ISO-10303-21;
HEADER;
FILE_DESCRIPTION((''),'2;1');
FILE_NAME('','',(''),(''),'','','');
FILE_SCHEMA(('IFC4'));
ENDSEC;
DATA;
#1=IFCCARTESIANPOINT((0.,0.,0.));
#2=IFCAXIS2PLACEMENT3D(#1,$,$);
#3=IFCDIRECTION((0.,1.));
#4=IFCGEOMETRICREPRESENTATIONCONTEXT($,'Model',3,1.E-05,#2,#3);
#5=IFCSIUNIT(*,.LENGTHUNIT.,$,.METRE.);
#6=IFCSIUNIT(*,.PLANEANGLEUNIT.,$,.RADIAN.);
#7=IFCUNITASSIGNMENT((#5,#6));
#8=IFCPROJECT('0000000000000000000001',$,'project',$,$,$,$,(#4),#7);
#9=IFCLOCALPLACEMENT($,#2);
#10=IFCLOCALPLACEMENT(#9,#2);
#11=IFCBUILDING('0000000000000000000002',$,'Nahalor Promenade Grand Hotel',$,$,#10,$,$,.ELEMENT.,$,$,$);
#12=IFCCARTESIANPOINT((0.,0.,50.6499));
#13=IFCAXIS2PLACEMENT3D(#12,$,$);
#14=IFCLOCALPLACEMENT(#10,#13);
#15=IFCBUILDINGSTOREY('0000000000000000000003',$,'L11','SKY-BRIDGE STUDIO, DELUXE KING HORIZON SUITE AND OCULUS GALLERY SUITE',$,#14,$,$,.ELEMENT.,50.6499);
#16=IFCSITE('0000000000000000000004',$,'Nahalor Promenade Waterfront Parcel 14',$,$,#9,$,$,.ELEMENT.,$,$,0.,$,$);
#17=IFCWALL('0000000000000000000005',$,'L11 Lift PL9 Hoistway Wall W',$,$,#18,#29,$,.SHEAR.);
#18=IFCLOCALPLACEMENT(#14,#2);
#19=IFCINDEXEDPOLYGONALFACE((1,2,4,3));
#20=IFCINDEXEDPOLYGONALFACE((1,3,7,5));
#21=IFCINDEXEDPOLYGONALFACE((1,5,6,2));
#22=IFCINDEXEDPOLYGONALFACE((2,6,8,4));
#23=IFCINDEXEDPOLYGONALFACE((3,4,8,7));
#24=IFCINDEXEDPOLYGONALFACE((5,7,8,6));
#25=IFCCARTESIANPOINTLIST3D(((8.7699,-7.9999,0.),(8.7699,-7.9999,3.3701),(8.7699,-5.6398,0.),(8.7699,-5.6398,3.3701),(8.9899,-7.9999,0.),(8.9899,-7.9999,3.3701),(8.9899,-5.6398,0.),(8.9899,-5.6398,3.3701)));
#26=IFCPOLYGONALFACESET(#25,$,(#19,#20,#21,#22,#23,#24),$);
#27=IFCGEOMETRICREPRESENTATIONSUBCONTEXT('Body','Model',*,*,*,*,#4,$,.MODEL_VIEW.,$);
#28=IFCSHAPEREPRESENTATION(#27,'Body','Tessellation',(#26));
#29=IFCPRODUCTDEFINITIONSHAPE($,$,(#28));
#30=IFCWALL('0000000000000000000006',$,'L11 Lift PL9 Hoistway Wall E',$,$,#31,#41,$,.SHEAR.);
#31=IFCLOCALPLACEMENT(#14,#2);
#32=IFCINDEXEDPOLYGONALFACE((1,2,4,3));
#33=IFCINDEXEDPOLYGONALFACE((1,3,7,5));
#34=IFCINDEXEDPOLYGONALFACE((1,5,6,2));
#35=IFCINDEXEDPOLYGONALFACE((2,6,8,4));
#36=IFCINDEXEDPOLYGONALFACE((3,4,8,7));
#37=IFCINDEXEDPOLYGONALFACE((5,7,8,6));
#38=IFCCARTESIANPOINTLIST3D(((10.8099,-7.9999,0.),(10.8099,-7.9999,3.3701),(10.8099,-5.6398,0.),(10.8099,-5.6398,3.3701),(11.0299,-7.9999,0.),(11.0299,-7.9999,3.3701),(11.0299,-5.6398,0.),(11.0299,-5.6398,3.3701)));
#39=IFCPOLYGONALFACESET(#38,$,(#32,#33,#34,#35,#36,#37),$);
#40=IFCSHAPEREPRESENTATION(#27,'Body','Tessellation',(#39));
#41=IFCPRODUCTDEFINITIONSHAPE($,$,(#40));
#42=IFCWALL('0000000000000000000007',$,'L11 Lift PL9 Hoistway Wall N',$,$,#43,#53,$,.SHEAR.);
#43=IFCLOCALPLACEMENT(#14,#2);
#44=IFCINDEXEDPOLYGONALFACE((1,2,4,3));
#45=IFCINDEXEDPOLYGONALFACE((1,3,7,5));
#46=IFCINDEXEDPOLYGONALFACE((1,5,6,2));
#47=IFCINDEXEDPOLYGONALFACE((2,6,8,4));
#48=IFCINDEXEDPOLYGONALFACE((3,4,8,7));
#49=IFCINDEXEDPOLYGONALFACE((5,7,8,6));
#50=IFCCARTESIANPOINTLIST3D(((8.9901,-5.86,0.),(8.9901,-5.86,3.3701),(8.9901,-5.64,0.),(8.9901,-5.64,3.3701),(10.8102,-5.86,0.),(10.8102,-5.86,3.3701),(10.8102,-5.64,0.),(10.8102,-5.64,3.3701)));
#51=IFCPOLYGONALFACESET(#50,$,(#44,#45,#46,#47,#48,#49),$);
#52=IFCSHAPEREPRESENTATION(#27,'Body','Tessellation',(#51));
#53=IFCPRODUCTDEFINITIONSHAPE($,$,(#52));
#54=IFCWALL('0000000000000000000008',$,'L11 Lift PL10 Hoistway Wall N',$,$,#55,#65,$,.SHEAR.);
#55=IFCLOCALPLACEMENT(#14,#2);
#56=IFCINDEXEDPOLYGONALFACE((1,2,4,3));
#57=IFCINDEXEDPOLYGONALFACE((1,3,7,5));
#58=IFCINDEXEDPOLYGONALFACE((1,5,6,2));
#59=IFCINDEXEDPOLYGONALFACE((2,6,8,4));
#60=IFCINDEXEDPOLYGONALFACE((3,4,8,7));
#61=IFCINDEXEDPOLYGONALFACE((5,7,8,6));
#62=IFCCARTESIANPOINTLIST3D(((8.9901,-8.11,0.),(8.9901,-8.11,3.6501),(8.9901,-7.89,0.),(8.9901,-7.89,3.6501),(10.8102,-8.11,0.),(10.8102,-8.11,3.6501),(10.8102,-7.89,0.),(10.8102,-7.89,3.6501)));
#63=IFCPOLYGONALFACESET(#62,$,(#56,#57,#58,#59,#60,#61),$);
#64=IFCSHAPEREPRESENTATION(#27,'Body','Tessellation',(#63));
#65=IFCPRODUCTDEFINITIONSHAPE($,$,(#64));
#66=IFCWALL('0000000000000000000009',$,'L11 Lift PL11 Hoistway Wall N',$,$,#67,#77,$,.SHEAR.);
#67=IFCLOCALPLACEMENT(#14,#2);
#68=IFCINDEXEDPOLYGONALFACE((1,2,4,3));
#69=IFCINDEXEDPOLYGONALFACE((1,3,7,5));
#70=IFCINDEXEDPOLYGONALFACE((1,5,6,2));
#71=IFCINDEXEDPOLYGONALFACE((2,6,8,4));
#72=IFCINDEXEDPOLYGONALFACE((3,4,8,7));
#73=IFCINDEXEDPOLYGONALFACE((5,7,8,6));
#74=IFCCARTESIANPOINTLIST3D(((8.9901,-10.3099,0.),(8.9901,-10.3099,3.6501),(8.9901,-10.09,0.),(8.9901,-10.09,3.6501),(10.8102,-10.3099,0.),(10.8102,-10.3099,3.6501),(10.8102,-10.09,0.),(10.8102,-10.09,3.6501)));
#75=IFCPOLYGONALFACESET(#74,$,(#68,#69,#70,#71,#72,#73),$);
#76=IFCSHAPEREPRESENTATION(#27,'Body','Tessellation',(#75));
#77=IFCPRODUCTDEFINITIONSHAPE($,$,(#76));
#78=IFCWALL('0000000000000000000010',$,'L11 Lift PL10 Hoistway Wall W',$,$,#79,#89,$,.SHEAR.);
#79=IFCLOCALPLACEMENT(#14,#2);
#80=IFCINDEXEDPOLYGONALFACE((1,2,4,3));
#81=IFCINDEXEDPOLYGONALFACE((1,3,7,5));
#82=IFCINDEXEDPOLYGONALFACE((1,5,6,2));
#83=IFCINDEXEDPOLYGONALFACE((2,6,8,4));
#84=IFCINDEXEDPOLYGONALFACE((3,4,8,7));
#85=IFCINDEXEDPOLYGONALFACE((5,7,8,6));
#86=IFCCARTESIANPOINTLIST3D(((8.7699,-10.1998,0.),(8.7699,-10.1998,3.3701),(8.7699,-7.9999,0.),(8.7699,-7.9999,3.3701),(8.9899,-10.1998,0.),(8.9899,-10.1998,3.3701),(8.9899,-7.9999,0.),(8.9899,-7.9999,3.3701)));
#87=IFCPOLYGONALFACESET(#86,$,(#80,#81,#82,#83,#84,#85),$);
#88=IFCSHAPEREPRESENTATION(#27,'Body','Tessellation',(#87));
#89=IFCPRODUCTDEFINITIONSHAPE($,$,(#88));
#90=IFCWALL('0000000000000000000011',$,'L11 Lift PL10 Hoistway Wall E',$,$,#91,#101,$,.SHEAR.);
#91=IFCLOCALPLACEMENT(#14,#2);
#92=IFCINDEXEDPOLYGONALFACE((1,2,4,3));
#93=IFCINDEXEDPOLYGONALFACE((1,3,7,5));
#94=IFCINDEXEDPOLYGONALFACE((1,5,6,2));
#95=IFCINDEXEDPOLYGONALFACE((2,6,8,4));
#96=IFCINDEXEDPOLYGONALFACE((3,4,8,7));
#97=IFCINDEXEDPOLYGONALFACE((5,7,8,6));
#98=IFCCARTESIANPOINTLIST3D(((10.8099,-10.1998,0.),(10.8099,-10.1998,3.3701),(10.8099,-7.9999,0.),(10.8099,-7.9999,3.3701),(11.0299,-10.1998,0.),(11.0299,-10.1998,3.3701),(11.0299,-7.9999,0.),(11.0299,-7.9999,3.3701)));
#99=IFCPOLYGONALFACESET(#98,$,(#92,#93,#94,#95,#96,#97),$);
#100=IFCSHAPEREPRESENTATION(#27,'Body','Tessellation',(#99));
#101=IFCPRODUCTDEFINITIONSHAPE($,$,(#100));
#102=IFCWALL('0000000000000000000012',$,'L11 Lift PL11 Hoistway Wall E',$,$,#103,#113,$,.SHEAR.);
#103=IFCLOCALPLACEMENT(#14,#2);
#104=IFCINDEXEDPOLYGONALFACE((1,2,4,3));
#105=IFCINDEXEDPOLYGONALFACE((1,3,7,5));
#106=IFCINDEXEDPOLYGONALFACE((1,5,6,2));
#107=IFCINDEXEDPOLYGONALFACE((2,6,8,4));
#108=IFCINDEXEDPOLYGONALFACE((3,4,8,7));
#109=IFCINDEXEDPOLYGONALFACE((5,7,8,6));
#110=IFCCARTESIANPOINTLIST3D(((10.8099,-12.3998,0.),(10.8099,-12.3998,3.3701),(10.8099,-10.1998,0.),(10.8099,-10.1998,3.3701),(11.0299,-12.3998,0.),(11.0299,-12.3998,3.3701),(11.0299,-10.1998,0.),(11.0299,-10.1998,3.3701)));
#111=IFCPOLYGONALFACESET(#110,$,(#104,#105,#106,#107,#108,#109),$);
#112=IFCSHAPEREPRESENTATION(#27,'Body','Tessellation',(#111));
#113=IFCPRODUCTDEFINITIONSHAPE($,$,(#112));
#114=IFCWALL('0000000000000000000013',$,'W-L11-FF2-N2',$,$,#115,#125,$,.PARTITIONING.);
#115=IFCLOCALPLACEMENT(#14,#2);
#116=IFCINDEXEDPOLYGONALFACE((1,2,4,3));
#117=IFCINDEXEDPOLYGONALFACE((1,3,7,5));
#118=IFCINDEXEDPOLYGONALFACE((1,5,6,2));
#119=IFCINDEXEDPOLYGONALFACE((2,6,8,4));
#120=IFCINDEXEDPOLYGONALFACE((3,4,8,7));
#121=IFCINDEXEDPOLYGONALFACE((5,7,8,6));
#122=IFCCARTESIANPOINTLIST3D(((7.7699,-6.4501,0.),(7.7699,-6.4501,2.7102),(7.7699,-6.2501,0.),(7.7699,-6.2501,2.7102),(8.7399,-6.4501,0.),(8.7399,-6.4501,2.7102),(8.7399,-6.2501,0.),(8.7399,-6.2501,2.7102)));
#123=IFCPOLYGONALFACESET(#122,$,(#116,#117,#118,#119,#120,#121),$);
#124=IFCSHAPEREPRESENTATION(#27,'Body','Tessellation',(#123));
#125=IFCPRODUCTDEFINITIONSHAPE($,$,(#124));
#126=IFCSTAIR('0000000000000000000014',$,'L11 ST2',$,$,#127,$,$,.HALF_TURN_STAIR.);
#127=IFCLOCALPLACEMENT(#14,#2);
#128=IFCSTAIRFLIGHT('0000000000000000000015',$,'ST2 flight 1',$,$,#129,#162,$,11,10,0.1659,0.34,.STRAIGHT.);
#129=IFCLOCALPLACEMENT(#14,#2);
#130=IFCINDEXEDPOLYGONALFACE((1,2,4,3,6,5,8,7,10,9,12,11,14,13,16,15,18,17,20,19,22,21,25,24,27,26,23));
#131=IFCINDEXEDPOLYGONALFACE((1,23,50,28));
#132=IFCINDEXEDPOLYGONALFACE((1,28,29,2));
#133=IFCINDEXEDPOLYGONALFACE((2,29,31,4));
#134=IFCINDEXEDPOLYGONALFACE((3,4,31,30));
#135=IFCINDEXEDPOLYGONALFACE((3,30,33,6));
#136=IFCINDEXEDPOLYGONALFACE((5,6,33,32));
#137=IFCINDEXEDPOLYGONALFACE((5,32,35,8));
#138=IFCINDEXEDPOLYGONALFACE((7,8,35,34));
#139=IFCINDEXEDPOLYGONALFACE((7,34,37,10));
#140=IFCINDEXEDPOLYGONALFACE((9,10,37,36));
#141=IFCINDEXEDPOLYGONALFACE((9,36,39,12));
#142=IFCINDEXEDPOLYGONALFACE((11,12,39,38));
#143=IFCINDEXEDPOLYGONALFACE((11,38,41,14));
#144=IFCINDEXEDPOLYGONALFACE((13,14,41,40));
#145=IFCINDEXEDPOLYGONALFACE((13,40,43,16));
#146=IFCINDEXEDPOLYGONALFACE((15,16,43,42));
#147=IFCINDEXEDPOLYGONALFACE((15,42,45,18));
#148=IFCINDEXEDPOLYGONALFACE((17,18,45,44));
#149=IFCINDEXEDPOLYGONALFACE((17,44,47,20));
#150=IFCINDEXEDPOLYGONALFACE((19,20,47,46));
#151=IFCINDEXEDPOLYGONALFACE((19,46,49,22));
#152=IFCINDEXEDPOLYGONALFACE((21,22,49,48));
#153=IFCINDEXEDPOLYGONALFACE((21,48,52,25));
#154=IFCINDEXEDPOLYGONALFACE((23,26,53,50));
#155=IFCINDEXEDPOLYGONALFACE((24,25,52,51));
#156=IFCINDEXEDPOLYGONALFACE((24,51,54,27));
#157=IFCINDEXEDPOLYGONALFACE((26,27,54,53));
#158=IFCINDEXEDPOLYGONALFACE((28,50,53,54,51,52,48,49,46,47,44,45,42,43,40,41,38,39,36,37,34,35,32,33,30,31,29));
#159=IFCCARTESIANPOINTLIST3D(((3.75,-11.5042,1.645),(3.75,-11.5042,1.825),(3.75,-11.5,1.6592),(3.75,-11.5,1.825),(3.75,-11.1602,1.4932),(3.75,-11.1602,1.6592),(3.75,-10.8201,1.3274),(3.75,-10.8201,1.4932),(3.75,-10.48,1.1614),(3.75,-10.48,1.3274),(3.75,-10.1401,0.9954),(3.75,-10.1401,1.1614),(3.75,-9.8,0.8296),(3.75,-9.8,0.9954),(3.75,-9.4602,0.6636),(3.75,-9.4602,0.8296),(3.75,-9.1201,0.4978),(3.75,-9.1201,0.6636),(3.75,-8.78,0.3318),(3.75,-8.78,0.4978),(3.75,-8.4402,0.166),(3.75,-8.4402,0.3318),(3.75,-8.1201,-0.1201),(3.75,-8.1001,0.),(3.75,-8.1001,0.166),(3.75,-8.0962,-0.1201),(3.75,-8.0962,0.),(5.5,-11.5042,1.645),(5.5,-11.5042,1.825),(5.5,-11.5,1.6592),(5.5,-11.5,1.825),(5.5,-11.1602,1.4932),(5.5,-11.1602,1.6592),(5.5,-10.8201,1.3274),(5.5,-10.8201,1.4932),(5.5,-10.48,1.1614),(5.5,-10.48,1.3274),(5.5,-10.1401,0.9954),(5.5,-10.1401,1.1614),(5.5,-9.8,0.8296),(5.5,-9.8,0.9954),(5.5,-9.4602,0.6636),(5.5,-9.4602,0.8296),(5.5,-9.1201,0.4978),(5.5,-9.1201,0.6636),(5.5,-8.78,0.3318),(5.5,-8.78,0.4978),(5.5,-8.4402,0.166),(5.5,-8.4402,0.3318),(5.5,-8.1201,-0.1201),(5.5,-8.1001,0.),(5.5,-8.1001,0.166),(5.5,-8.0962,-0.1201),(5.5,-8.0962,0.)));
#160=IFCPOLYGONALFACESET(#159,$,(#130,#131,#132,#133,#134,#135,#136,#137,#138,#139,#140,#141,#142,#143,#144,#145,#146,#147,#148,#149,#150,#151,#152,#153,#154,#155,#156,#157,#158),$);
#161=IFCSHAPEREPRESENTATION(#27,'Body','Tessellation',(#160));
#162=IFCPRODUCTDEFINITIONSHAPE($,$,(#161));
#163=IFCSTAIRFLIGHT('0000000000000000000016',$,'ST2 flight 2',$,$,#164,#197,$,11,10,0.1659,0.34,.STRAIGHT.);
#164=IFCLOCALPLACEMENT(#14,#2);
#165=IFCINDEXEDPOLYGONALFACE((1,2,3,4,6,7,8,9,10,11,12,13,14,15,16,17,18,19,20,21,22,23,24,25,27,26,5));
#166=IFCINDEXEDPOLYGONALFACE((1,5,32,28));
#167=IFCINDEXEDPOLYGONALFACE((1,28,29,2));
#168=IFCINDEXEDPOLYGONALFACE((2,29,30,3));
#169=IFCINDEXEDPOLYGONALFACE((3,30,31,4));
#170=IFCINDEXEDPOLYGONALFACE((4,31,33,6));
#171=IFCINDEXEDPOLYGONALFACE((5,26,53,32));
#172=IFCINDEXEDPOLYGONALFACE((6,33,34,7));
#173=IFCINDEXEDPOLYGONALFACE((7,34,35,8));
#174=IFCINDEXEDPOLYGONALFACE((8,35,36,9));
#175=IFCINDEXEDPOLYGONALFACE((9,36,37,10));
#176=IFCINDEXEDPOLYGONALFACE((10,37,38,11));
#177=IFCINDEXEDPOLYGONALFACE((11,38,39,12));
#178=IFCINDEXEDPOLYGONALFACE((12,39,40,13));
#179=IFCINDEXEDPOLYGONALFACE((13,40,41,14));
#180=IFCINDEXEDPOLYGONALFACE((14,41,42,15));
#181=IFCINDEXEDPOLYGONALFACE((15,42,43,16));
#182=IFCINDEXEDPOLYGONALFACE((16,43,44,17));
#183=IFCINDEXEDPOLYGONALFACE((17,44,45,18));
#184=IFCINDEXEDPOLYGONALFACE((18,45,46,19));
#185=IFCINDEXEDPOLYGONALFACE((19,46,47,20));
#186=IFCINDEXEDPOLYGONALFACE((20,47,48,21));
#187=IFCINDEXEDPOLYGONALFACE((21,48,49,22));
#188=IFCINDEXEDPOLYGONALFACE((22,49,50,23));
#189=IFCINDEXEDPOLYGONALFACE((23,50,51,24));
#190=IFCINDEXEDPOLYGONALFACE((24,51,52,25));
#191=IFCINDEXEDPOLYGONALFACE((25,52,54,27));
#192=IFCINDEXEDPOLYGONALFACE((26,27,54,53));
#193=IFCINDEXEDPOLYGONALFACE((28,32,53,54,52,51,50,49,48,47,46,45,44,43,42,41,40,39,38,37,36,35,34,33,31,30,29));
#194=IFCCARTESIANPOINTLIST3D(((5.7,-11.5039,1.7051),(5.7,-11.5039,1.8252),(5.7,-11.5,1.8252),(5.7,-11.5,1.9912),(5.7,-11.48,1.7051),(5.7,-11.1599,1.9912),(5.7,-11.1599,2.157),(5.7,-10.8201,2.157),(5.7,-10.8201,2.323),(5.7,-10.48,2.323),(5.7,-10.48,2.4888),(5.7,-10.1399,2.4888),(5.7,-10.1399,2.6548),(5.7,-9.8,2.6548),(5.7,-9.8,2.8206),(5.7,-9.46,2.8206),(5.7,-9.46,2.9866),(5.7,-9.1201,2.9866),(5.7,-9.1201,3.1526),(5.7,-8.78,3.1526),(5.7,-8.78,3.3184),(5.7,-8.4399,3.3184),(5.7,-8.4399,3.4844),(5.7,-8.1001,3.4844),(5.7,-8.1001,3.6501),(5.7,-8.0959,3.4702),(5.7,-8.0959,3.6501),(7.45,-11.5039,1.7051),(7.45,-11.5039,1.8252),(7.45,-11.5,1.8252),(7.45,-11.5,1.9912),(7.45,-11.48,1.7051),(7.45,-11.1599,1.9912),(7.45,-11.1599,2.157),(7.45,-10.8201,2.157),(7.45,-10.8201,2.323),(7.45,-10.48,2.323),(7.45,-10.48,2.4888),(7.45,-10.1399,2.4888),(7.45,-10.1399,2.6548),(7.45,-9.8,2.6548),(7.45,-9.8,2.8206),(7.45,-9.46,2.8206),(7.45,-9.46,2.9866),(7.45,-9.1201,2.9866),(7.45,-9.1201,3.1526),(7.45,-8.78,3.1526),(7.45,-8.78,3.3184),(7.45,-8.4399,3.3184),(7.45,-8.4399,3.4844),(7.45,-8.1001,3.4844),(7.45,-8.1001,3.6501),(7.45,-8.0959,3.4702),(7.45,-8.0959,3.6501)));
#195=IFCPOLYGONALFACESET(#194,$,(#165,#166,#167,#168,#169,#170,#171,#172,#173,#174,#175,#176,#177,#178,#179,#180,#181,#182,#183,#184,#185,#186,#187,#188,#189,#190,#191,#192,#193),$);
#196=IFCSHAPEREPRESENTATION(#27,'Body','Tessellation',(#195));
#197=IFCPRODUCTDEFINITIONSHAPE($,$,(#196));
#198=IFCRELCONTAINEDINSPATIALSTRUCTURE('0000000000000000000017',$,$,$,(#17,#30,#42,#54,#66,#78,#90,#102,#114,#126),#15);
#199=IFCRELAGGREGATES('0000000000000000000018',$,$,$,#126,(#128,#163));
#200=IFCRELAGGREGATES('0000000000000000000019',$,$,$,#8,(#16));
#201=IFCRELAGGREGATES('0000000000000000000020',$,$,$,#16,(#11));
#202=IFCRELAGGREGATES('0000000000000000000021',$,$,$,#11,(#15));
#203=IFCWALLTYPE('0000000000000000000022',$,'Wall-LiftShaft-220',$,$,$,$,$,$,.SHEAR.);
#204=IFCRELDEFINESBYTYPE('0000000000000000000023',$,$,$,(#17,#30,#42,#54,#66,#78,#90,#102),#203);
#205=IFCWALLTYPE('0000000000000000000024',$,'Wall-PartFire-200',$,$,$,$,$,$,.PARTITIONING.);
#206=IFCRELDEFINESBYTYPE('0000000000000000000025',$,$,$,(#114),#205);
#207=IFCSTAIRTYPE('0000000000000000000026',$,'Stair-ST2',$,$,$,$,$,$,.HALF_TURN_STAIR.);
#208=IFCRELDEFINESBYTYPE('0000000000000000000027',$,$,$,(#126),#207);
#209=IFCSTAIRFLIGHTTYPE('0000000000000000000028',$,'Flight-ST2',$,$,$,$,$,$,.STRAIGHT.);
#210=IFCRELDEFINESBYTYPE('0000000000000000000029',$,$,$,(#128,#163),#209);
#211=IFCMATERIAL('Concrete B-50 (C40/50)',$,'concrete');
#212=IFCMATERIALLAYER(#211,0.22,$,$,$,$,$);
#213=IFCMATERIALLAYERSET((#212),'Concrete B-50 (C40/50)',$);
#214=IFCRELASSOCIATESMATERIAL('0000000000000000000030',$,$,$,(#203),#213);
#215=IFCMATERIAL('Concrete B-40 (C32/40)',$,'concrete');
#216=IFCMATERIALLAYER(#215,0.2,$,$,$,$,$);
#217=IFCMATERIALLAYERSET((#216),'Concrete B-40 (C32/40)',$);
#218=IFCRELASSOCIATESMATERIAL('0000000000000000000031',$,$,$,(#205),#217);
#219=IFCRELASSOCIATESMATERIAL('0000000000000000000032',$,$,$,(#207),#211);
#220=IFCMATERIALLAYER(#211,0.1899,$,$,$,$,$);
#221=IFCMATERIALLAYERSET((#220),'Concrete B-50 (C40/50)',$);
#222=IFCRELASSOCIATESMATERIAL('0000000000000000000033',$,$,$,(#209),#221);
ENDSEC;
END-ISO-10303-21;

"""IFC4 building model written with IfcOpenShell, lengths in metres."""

from ifc_helpers import new_model, si_unit, direction, frame, frame_2d, origin, place, context, subcontext, project, spatial, polyline, rectangle, outline, extrude, source, transform, mapped, material, layer, layer_set, type_object, element, aggregate, save


model = new_model("IFC4")

# Units and contexts
model_context = context("Model", 3, precision=1e-05, world=origin(), true_north=direction((0.0, 1.0)))
body_context = subcontext(model_context, "Body", "Model", "MODEL_VIEW")
ifc_project = project(units=[si_unit("LENGTHUNIT", "METRE"), si_unit("PLANEANGLEUNIT", "RADIAN")], contexts=[model_context])

# Site, building, storey
site_placement = place(None, origin())
site = spatial("IfcSite", under=ifc_project, at=site_placement, Name="Nahalor Promenade Waterfront Parcel 14", CompositionType="ELEMENT", RefElevation=0.0)
building_placement = place(site_placement, origin())
building = spatial("IfcBuilding", under=site, at=building_placement, Name="Nahalor Promenade Grand Hotel", CompositionType="ELEMENT")
storey_placement = place(building_placement, frame((0.0, 0.0, 50.6499)))
storey = spatial("IfcBuildingStorey", under=building, at=storey_placement, Name="L11", Description="SKY-BRIDGE STUDIO, DELUXE KING HORIZON SUITE AND OCULUS GALLERY SUITE", CompositionType="ELEMENT", Elevation=50.6499)

# Walls
ifc_material_1 = material(Name="Concrete B-50 (C40/50)", Category="concrete")
ifc_layer_1 = layer(ifc_material_1, 0.22)
ifc_layer_set_1 = layer_set([ifc_layer_1], Name="Concrete B-50 (C40/50)")
wall_type_1 = type_object("IfcWallType", Name="Wall-LiftShaft-220", PredefinedType="SHEAR", material=ifc_layer_set_1)
shared_shape_1 = source(origin(), body_context, "Body", "SweptSolid", [
    extrude(rectangle(XDim=2.3601, YDim=0.22, at=frame_2d((1.1802, 0.0))), origin(), (0.0, 0.0, 1.0), 3.3701),
])
for number, where, z_axis, x_axis, name in (
    (1, (8.8799, -8.0, 0.0), (0.0, 0.0, 1.0), (0.0, 1.0, 0.0), "L11 Lift PL9 Hoistway Wall W"),
    (2, (10.9199, -8.0, 0.0), (0.0, 0.0, 1.0), (0.0, 1.0, 0.0), "L11 Lift PL9 Hoistway Wall E"),
):
    element("IfcWall", number, at=place(storey_placement, frame(where, z_axis=z_axis, x_axis=x_axis)), inside=storey, type_object=wall_type_1, Name=name, PredefinedType="SHEAR", context=body_context, shape_type="MappedRepresentation", body=[
        mapped(shared_shape_1, transform((0.0, 0.0, 0.0), scale=1.0)),
    ])
shared_shape_2 = source(origin(), body_context, "Body", "SweptSolid", [
    extrude(rectangle(XDim=1.8201, YDim=0.22, at=frame_2d((0.9102, 0.0))), origin(), (0.0, 0.0, 1.0), 3.3701),
])
wall_1_placement = place(storey_placement, frame((8.99, -5.75, 0.0), z_axis=(0.0, 0.0, 1.0), x_axis=(1.0, 0.0, 0.0)))
element("IfcWall", 3, at=wall_1_placement, inside=storey, type_object=wall_type_1, Name="L11 Lift PL9 Hoistway Wall N", PredefinedType="SHEAR", context=body_context, shape_type="MappedRepresentation", body=[
    mapped(shared_shape_2, transform((0.0, 0.0, 0.0), scale=1.0)),
])
shared_shape_3 = source(origin(), body_context, "Body", "SweptSolid", [
    extrude(rectangle(XDim=1.8201, YDim=0.22, at=frame_2d((0.9102, 0.0))), origin(), (0.0, 0.0, 1.0), 3.6501),
])
for number, where, z_axis, x_axis, name in (
    (4, (8.99, -8.0, 0.0), (0.0, 0.0, 1.0), (1.0, 0.0, 0.0), "L11 Lift PL10 Hoistway Wall N"),
    (5, (8.99, -10.2, 0.0), (0.0, 0.0, 1.0), (1.0, 0.0, 0.0), "L11 Lift PL11 Hoistway Wall N"),
):
    element("IfcWall", number, at=place(storey_placement, frame(where, z_axis=z_axis, x_axis=x_axis)), inside=storey, type_object=wall_type_1, Name=name, PredefinedType="SHEAR", context=body_context, shape_type="MappedRepresentation", body=[
        mapped(shared_shape_3, transform((0.0, 0.0, 0.0), scale=1.0)),
    ])
shared_shape_4 = source(origin(), body_context, "Body", "SweptSolid", [
    extrude(rectangle(XDim=2.2, YDim=0.22, at=frame_2d((1.1001, 0.0))), origin(), (0.0, 0.0, 1.0), 3.3701),
])
for number, where, z_axis, x_axis, name in (
    (6, (8.8799, -10.2, 0.0), (0.0, 0.0, 1.0), (0.0, 1.0, 0.0), "L11 Lift PL10 Hoistway Wall W"),
    (7, (10.9199, -10.2, 0.0), (0.0, 0.0, 1.0), (0.0, 1.0, 0.0), "L11 Lift PL10 Hoistway Wall E"),
    (8, (10.9199, -12.3999, 0.0), (0.0, 0.0, 1.0), (0.0, 1.0, 0.0), "L11 Lift PL11 Hoistway Wall E"),
):
    element("IfcWall", number, at=place(storey_placement, frame(where, z_axis=z_axis, x_axis=x_axis)), inside=storey, type_object=wall_type_1, Name=name, PredefinedType="SHEAR", context=body_context, shape_type="MappedRepresentation", body=[
        mapped(shared_shape_4, transform((0.0, 0.0, 0.0), scale=1.0)),
    ])
ifc_material_2 = material(Name="Concrete B-40 (C32/40)", Category="concrete")
ifc_layer_2 = layer(ifc_material_2, 0.2)
ifc_layer_set_2 = layer_set([ifc_layer_2], Name="Concrete B-40 (C32/40)")
wall_type_2 = type_object("IfcWallType", Name="Wall-PartFire-200", PredefinedType="PARTITIONING", material=ifc_layer_set_2)
shared_shape_5 = source(origin(), body_context, "Body", "SweptSolid", [
    extrude(rectangle(XDim=0.97, YDim=0.2, at=frame_2d((0.4849, 0.0))), origin(), (0.0, 0.0, 1.0), 2.7102),
])
wall_2_placement = place(storey_placement, frame((7.77, -6.3501, 0.0), z_axis=(0.0, 0.0, 1.0), x_axis=(1.0, 0.0, 0.0)))
element("IfcWall", 9, at=wall_2_placement, inside=storey, type_object=wall_type_2, Name="W-L11-FF2-N2", PredefinedType="PARTITIONING", context=body_context, shape_type="MappedRepresentation", body=[
    mapped(shared_shape_5, transform((0.0, 0.0, 0.0), scale=1.0)),
])

# Stair, stair flights
stair_type = type_object("IfcStairType", Name="Stair-ST2", PredefinedType="HALF_TURN_STAIR", material=ifc_material_1)
stair_placement = place(storey_placement, origin())
stair = element("IfcStair", 10, at=stair_placement, inside=storey, type_object=stair_type, Name="L11 ST2", PredefinedType="HALF_TURN_STAIR")
ifc_layer_3 = layer(ifc_material_1, 0.1899)
ifc_layer_set_3 = layer_set([ifc_layer_3], Name="Concrete B-50 (C40/50)")
stair_flight_type = type_object("IfcStairFlightType", Name="Flight-ST2", PredefinedType="STRAIGHT", material=ifc_layer_set_3)
shared_shape_6 = source(origin(), body_context, "Body", "SweptSolid", [
    extrude(outline(polyline([(-0.0039, -0.1201), (-0.0039, 0.0), (0.0, 0.0), (0.0, 0.166), (0.3401, 0.166), (0.3401, 0.3318), (0.6799, 0.3318), (0.6799, 0.4978), (1.02, 0.4978), (1.02, 0.6636), (1.3601, 0.6636), (1.3601, 0.8296), (1.7, 0.8296), (1.7, 0.9954), (2.04, 0.9954), (2.04, 1.1614), (2.3799, 1.1614), (2.3799, 1.3274), (2.72, 1.3274), (2.72, 1.4932), (3.0601, 1.4932), (3.0601, 1.6592), (3.3999, 1.6592), (3.3999, 1.825), (3.4041, 1.825), (3.4041, 1.645), (0.02, -0.1201), (-0.0039, -0.1201)])), frame((0.0, 0.875, 0.0), z_axis=(0.0, -1.0, 0.0), x_axis=(1.0, 0.0, 0.0)), (0.0, 0.0, 1.0), 1.75),
])
stair_flight_1_placement = place(storey_placement, frame((4.625, -8.1001, 0.0), z_axis=(0.0, 0.0, 1.0), x_axis=(0.0, -1.0, 0.0)))
stair_flight_1 = element("IfcStairFlight", 11, at=stair_flight_1_placement, type_object=stair_flight_type, Name="ST2 flight 1", NumberOfRisers=11, NumberOfTreads=10, PredefinedType="STRAIGHT", RiserHeight=0.1659, TreadLength=0.34, context=body_context, shape_type="MappedRepresentation", body=[
    mapped(shared_shape_6, transform((0.0, 0.0, 0.0), scale=1.0)),
])
stair_flight_2_placement = place(storey_placement, frame((6.575, -11.5, 1.8252), z_axis=(0.0, 0.0, 1.0), x_axis=(0.0, 1.0, 0.0)))
stair_flight_2 = element("IfcStairFlight", 12, at=stair_flight_2_placement, type_object=stair_flight_type, Name="ST2 flight 2", NumberOfRisers=11, NumberOfTreads=10, PredefinedType="STRAIGHT", RiserHeight=0.1659, TreadLength=0.34, context=body_context, shape_type="MappedRepresentation", body=[
    mapped(shared_shape_6, transform((0.0, 0.0, 0.0), scale=1.0)),
])
aggregate(stair, [stair_flight_1, stair_flight_2])

save(model, "model.ifc")
